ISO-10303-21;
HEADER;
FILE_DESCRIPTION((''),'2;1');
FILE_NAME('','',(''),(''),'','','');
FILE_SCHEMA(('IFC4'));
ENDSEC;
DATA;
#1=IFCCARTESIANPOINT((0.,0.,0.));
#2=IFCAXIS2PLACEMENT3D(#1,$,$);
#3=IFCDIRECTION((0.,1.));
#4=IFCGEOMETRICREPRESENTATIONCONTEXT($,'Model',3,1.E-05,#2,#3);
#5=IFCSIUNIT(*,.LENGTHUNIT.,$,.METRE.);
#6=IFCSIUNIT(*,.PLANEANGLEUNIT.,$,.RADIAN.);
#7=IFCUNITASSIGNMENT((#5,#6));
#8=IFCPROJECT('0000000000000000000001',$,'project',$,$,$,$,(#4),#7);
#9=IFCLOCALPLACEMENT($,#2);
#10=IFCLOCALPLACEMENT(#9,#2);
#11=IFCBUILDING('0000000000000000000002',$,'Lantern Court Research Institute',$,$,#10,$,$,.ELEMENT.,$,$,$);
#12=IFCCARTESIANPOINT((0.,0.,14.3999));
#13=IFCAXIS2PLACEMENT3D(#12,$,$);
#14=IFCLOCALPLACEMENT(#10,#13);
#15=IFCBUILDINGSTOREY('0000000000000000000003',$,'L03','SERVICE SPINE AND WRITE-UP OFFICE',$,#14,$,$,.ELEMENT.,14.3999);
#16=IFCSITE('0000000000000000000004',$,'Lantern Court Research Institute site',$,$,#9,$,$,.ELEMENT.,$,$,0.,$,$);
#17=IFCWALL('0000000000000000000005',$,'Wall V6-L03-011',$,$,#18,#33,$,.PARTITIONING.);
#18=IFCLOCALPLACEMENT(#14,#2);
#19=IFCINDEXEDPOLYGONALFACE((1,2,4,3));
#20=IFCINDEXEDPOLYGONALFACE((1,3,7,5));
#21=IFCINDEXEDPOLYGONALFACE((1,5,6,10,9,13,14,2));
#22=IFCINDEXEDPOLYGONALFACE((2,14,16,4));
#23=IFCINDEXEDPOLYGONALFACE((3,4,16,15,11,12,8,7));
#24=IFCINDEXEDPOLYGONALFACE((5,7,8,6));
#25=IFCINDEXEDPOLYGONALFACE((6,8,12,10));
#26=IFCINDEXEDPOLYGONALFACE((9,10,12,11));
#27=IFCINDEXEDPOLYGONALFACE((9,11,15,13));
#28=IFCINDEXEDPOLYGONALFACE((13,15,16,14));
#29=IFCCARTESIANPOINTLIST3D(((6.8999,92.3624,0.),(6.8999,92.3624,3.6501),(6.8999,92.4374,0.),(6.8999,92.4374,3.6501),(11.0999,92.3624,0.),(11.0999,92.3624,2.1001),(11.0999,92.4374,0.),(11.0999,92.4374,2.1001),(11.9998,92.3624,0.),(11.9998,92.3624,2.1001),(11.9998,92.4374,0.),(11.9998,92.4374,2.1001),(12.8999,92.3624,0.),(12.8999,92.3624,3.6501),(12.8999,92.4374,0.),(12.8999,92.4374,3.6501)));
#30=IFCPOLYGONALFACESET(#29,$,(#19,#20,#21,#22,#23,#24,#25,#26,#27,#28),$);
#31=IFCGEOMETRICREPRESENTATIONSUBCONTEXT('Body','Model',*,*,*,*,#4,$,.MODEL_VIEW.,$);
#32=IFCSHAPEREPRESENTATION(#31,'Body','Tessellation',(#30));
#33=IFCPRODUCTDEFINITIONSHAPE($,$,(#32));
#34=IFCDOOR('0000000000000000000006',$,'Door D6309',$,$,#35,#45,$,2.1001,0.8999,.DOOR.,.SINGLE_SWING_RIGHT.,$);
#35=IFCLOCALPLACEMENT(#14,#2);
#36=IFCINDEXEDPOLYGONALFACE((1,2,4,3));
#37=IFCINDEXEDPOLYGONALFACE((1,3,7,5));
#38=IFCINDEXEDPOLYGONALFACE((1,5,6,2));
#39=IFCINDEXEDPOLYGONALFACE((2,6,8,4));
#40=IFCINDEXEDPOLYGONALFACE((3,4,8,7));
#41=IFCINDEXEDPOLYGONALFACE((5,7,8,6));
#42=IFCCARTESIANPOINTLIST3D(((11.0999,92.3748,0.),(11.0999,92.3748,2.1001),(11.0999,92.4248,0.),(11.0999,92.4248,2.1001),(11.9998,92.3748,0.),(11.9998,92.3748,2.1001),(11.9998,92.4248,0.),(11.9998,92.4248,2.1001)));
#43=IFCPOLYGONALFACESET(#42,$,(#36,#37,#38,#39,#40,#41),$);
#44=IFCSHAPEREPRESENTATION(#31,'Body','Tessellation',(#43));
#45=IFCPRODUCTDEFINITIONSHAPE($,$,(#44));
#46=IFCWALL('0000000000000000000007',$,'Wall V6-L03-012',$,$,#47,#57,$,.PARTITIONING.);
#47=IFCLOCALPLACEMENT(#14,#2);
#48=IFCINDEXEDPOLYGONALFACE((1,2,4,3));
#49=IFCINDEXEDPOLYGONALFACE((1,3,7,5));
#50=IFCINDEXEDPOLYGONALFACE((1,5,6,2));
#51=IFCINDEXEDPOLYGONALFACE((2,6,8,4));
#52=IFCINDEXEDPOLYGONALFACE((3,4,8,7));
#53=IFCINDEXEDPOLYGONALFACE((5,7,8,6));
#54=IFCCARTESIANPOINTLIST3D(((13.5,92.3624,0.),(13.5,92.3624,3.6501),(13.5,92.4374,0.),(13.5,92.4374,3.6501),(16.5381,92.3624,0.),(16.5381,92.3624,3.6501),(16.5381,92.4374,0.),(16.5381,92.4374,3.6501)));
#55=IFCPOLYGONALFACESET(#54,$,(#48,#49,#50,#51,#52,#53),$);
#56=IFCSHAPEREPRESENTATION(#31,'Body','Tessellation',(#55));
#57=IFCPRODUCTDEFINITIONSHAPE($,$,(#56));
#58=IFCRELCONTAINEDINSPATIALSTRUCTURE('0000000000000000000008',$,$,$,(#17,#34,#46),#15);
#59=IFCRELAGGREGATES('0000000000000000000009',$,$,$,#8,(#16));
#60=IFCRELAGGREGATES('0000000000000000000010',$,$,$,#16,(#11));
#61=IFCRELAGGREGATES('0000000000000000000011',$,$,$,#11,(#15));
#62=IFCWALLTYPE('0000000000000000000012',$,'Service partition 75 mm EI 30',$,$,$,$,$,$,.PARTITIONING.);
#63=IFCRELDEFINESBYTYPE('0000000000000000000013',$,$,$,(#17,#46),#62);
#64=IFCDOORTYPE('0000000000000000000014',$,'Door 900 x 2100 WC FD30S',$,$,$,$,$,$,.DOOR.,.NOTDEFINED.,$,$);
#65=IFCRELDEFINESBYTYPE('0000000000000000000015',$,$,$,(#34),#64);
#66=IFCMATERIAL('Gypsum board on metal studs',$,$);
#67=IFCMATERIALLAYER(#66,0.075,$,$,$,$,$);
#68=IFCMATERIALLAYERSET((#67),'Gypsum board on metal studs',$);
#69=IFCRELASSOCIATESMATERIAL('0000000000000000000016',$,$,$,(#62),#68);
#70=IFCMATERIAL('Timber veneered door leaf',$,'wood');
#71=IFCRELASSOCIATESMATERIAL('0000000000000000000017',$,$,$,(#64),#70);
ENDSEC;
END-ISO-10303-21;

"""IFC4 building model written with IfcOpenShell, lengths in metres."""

from ifc_helpers import new_model, si_unit, direction, frame, frame_2d, origin, place, context, subcontext, project, spatial, rectangle, extrude, material, layer, layer_set, type_object, element, fill, save


model = new_model("IFC4")

# Units and contexts
model_context = context("Model", 3, precision=1e-05, world=origin(), true_north=direction((0.0, 1.0)))
body_context = subcontext(model_context, "Body", "Model", "MODEL_VIEW")
ifc_project = project(units=[si_unit("LENGTHUNIT", "METRE"), si_unit("PLANEANGLEUNIT", "RADIAN")], contexts=[model_context])

# Site, building, storey
site_placement = place(None, origin())
site = spatial("IfcSite", under=ifc_project, at=site_placement, Name="Lantern Court Research Institute site", CompositionType="ELEMENT", RefElevation=0.0)
building_placement = place(site_placement, origin())
building = spatial("IfcBuilding", under=site, at=building_placement, Name="Lantern Court Research Institute", CompositionType="ELEMENT")
storey_placement = place(building_placement, frame((0.0, 0.0, 14.3999)))
storey = spatial("IfcBuildingStorey", under=building, at=storey_placement, Name="L03", Description="SERVICE SPINE AND WRITE-UP OFFICE", CompositionType="ELEMENT", Elevation=14.3999)

# Wall, opening, door
ifc_material_1 = material(Name="Gypsum board on metal studs")
ifc_layer_1 = layer(ifc_material_1, 0.075)
ifc_layer_set_1 = layer_set([ifc_layer_1], Name="Gypsum board on metal studs")
wall_type_1 = type_object("IfcWallType", Name="Service partition 75 mm EI 30", PredefinedType="PARTITIONING", material=ifc_layer_set_1)
wall_1_placement = place(storey_placement, frame((6.8999, 92.3999, 0.0), z_axis=(0.0, 0.0, 1.0), x_axis=(1.0, 0.0, 0.0)))
wall_1 = element("IfcWall", 1, at=wall_1_placement, inside=storey, type_object=wall_type_1, Name="Wall V6-L03-011", PredefinedType="PARTITIONING", context=body_context, shape_type="SweptSolid", body=[
    extrude(rectangle(XDim=6.0, YDim=0.075, at=frame_2d((3.0, 0.0))), origin(), (0.0, 0.0, 1.0), 3.6501),
])
opening_1_placement = place(wall_1_placement, frame((4.2, 0.0, 0.0)))
opening_1 = element("IfcOpeningElement", 2, at=opening_1_placement, cuts=wall_1, PredefinedType="OPENING", context=body_context, shape_type="SweptSolid", body=[
    extrude(rectangle(XDim=0.8999, YDim=2.1001, at=frame_2d((0.45, 1.05))), frame((0.0, 0.0474, 0.0), z_axis=(0.0, -1.0, 0.0), x_axis=(1.0, 0.0, 0.0)), (0.0, 0.0, 1.0), 0.095),
])
ifc_material_2 = material(Name="Timber veneered door leaf", Category="wood")
door_type_1 = type_object("IfcDoorType", Name="Door 900 x 2100 WC FD30S", OperationType="NOTDEFINED", PredefinedType="DOOR", material=ifc_material_2)
door_1_placement = place(opening_1_placement, origin())
door_1 = element("IfcDoor", 3, at=door_1_placement, inside=storey, type_object=door_type_1, Name="Door D6309", OperationType="SINGLE_SWING_RIGHT", OverallHeight=2.1001, OverallWidth=0.8999, PredefinedType="DOOR", context=body_context, shape_type="SweptSolid", body=[
    extrude(rectangle(XDim=0.8999, YDim=2.1001, at=frame_2d((0.45, 1.05))), frame((0.0, 0.0249, 0.0), z_axis=(0.0, -1.0, 0.0), x_axis=(1.0, 0.0, 0.0)), (0.0, 0.0, 1.0), 0.05),
])
fill(opening_1, door_1)

# Wall
wall_2_placement = place(storey_placement, frame((13.5, 92.3999, 0.0), z_axis=(0.0, 0.0, 1.0), x_axis=(1.0, 0.0, 0.0)))
element("IfcWall", 4, at=wall_2_placement, inside=storey, type_object=wall_type_1, Name="Wall V6-L03-012", PredefinedType="PARTITIONING", context=body_context, shape_type="SweptSolid", body=[
    extrude(rectangle(XDim=3.0381, YDim=0.075, at=frame_2d((1.519, 0.0))), origin(), (0.0, 0.0, 1.0), 3.6501),
])

save(model, "model.ifc")
